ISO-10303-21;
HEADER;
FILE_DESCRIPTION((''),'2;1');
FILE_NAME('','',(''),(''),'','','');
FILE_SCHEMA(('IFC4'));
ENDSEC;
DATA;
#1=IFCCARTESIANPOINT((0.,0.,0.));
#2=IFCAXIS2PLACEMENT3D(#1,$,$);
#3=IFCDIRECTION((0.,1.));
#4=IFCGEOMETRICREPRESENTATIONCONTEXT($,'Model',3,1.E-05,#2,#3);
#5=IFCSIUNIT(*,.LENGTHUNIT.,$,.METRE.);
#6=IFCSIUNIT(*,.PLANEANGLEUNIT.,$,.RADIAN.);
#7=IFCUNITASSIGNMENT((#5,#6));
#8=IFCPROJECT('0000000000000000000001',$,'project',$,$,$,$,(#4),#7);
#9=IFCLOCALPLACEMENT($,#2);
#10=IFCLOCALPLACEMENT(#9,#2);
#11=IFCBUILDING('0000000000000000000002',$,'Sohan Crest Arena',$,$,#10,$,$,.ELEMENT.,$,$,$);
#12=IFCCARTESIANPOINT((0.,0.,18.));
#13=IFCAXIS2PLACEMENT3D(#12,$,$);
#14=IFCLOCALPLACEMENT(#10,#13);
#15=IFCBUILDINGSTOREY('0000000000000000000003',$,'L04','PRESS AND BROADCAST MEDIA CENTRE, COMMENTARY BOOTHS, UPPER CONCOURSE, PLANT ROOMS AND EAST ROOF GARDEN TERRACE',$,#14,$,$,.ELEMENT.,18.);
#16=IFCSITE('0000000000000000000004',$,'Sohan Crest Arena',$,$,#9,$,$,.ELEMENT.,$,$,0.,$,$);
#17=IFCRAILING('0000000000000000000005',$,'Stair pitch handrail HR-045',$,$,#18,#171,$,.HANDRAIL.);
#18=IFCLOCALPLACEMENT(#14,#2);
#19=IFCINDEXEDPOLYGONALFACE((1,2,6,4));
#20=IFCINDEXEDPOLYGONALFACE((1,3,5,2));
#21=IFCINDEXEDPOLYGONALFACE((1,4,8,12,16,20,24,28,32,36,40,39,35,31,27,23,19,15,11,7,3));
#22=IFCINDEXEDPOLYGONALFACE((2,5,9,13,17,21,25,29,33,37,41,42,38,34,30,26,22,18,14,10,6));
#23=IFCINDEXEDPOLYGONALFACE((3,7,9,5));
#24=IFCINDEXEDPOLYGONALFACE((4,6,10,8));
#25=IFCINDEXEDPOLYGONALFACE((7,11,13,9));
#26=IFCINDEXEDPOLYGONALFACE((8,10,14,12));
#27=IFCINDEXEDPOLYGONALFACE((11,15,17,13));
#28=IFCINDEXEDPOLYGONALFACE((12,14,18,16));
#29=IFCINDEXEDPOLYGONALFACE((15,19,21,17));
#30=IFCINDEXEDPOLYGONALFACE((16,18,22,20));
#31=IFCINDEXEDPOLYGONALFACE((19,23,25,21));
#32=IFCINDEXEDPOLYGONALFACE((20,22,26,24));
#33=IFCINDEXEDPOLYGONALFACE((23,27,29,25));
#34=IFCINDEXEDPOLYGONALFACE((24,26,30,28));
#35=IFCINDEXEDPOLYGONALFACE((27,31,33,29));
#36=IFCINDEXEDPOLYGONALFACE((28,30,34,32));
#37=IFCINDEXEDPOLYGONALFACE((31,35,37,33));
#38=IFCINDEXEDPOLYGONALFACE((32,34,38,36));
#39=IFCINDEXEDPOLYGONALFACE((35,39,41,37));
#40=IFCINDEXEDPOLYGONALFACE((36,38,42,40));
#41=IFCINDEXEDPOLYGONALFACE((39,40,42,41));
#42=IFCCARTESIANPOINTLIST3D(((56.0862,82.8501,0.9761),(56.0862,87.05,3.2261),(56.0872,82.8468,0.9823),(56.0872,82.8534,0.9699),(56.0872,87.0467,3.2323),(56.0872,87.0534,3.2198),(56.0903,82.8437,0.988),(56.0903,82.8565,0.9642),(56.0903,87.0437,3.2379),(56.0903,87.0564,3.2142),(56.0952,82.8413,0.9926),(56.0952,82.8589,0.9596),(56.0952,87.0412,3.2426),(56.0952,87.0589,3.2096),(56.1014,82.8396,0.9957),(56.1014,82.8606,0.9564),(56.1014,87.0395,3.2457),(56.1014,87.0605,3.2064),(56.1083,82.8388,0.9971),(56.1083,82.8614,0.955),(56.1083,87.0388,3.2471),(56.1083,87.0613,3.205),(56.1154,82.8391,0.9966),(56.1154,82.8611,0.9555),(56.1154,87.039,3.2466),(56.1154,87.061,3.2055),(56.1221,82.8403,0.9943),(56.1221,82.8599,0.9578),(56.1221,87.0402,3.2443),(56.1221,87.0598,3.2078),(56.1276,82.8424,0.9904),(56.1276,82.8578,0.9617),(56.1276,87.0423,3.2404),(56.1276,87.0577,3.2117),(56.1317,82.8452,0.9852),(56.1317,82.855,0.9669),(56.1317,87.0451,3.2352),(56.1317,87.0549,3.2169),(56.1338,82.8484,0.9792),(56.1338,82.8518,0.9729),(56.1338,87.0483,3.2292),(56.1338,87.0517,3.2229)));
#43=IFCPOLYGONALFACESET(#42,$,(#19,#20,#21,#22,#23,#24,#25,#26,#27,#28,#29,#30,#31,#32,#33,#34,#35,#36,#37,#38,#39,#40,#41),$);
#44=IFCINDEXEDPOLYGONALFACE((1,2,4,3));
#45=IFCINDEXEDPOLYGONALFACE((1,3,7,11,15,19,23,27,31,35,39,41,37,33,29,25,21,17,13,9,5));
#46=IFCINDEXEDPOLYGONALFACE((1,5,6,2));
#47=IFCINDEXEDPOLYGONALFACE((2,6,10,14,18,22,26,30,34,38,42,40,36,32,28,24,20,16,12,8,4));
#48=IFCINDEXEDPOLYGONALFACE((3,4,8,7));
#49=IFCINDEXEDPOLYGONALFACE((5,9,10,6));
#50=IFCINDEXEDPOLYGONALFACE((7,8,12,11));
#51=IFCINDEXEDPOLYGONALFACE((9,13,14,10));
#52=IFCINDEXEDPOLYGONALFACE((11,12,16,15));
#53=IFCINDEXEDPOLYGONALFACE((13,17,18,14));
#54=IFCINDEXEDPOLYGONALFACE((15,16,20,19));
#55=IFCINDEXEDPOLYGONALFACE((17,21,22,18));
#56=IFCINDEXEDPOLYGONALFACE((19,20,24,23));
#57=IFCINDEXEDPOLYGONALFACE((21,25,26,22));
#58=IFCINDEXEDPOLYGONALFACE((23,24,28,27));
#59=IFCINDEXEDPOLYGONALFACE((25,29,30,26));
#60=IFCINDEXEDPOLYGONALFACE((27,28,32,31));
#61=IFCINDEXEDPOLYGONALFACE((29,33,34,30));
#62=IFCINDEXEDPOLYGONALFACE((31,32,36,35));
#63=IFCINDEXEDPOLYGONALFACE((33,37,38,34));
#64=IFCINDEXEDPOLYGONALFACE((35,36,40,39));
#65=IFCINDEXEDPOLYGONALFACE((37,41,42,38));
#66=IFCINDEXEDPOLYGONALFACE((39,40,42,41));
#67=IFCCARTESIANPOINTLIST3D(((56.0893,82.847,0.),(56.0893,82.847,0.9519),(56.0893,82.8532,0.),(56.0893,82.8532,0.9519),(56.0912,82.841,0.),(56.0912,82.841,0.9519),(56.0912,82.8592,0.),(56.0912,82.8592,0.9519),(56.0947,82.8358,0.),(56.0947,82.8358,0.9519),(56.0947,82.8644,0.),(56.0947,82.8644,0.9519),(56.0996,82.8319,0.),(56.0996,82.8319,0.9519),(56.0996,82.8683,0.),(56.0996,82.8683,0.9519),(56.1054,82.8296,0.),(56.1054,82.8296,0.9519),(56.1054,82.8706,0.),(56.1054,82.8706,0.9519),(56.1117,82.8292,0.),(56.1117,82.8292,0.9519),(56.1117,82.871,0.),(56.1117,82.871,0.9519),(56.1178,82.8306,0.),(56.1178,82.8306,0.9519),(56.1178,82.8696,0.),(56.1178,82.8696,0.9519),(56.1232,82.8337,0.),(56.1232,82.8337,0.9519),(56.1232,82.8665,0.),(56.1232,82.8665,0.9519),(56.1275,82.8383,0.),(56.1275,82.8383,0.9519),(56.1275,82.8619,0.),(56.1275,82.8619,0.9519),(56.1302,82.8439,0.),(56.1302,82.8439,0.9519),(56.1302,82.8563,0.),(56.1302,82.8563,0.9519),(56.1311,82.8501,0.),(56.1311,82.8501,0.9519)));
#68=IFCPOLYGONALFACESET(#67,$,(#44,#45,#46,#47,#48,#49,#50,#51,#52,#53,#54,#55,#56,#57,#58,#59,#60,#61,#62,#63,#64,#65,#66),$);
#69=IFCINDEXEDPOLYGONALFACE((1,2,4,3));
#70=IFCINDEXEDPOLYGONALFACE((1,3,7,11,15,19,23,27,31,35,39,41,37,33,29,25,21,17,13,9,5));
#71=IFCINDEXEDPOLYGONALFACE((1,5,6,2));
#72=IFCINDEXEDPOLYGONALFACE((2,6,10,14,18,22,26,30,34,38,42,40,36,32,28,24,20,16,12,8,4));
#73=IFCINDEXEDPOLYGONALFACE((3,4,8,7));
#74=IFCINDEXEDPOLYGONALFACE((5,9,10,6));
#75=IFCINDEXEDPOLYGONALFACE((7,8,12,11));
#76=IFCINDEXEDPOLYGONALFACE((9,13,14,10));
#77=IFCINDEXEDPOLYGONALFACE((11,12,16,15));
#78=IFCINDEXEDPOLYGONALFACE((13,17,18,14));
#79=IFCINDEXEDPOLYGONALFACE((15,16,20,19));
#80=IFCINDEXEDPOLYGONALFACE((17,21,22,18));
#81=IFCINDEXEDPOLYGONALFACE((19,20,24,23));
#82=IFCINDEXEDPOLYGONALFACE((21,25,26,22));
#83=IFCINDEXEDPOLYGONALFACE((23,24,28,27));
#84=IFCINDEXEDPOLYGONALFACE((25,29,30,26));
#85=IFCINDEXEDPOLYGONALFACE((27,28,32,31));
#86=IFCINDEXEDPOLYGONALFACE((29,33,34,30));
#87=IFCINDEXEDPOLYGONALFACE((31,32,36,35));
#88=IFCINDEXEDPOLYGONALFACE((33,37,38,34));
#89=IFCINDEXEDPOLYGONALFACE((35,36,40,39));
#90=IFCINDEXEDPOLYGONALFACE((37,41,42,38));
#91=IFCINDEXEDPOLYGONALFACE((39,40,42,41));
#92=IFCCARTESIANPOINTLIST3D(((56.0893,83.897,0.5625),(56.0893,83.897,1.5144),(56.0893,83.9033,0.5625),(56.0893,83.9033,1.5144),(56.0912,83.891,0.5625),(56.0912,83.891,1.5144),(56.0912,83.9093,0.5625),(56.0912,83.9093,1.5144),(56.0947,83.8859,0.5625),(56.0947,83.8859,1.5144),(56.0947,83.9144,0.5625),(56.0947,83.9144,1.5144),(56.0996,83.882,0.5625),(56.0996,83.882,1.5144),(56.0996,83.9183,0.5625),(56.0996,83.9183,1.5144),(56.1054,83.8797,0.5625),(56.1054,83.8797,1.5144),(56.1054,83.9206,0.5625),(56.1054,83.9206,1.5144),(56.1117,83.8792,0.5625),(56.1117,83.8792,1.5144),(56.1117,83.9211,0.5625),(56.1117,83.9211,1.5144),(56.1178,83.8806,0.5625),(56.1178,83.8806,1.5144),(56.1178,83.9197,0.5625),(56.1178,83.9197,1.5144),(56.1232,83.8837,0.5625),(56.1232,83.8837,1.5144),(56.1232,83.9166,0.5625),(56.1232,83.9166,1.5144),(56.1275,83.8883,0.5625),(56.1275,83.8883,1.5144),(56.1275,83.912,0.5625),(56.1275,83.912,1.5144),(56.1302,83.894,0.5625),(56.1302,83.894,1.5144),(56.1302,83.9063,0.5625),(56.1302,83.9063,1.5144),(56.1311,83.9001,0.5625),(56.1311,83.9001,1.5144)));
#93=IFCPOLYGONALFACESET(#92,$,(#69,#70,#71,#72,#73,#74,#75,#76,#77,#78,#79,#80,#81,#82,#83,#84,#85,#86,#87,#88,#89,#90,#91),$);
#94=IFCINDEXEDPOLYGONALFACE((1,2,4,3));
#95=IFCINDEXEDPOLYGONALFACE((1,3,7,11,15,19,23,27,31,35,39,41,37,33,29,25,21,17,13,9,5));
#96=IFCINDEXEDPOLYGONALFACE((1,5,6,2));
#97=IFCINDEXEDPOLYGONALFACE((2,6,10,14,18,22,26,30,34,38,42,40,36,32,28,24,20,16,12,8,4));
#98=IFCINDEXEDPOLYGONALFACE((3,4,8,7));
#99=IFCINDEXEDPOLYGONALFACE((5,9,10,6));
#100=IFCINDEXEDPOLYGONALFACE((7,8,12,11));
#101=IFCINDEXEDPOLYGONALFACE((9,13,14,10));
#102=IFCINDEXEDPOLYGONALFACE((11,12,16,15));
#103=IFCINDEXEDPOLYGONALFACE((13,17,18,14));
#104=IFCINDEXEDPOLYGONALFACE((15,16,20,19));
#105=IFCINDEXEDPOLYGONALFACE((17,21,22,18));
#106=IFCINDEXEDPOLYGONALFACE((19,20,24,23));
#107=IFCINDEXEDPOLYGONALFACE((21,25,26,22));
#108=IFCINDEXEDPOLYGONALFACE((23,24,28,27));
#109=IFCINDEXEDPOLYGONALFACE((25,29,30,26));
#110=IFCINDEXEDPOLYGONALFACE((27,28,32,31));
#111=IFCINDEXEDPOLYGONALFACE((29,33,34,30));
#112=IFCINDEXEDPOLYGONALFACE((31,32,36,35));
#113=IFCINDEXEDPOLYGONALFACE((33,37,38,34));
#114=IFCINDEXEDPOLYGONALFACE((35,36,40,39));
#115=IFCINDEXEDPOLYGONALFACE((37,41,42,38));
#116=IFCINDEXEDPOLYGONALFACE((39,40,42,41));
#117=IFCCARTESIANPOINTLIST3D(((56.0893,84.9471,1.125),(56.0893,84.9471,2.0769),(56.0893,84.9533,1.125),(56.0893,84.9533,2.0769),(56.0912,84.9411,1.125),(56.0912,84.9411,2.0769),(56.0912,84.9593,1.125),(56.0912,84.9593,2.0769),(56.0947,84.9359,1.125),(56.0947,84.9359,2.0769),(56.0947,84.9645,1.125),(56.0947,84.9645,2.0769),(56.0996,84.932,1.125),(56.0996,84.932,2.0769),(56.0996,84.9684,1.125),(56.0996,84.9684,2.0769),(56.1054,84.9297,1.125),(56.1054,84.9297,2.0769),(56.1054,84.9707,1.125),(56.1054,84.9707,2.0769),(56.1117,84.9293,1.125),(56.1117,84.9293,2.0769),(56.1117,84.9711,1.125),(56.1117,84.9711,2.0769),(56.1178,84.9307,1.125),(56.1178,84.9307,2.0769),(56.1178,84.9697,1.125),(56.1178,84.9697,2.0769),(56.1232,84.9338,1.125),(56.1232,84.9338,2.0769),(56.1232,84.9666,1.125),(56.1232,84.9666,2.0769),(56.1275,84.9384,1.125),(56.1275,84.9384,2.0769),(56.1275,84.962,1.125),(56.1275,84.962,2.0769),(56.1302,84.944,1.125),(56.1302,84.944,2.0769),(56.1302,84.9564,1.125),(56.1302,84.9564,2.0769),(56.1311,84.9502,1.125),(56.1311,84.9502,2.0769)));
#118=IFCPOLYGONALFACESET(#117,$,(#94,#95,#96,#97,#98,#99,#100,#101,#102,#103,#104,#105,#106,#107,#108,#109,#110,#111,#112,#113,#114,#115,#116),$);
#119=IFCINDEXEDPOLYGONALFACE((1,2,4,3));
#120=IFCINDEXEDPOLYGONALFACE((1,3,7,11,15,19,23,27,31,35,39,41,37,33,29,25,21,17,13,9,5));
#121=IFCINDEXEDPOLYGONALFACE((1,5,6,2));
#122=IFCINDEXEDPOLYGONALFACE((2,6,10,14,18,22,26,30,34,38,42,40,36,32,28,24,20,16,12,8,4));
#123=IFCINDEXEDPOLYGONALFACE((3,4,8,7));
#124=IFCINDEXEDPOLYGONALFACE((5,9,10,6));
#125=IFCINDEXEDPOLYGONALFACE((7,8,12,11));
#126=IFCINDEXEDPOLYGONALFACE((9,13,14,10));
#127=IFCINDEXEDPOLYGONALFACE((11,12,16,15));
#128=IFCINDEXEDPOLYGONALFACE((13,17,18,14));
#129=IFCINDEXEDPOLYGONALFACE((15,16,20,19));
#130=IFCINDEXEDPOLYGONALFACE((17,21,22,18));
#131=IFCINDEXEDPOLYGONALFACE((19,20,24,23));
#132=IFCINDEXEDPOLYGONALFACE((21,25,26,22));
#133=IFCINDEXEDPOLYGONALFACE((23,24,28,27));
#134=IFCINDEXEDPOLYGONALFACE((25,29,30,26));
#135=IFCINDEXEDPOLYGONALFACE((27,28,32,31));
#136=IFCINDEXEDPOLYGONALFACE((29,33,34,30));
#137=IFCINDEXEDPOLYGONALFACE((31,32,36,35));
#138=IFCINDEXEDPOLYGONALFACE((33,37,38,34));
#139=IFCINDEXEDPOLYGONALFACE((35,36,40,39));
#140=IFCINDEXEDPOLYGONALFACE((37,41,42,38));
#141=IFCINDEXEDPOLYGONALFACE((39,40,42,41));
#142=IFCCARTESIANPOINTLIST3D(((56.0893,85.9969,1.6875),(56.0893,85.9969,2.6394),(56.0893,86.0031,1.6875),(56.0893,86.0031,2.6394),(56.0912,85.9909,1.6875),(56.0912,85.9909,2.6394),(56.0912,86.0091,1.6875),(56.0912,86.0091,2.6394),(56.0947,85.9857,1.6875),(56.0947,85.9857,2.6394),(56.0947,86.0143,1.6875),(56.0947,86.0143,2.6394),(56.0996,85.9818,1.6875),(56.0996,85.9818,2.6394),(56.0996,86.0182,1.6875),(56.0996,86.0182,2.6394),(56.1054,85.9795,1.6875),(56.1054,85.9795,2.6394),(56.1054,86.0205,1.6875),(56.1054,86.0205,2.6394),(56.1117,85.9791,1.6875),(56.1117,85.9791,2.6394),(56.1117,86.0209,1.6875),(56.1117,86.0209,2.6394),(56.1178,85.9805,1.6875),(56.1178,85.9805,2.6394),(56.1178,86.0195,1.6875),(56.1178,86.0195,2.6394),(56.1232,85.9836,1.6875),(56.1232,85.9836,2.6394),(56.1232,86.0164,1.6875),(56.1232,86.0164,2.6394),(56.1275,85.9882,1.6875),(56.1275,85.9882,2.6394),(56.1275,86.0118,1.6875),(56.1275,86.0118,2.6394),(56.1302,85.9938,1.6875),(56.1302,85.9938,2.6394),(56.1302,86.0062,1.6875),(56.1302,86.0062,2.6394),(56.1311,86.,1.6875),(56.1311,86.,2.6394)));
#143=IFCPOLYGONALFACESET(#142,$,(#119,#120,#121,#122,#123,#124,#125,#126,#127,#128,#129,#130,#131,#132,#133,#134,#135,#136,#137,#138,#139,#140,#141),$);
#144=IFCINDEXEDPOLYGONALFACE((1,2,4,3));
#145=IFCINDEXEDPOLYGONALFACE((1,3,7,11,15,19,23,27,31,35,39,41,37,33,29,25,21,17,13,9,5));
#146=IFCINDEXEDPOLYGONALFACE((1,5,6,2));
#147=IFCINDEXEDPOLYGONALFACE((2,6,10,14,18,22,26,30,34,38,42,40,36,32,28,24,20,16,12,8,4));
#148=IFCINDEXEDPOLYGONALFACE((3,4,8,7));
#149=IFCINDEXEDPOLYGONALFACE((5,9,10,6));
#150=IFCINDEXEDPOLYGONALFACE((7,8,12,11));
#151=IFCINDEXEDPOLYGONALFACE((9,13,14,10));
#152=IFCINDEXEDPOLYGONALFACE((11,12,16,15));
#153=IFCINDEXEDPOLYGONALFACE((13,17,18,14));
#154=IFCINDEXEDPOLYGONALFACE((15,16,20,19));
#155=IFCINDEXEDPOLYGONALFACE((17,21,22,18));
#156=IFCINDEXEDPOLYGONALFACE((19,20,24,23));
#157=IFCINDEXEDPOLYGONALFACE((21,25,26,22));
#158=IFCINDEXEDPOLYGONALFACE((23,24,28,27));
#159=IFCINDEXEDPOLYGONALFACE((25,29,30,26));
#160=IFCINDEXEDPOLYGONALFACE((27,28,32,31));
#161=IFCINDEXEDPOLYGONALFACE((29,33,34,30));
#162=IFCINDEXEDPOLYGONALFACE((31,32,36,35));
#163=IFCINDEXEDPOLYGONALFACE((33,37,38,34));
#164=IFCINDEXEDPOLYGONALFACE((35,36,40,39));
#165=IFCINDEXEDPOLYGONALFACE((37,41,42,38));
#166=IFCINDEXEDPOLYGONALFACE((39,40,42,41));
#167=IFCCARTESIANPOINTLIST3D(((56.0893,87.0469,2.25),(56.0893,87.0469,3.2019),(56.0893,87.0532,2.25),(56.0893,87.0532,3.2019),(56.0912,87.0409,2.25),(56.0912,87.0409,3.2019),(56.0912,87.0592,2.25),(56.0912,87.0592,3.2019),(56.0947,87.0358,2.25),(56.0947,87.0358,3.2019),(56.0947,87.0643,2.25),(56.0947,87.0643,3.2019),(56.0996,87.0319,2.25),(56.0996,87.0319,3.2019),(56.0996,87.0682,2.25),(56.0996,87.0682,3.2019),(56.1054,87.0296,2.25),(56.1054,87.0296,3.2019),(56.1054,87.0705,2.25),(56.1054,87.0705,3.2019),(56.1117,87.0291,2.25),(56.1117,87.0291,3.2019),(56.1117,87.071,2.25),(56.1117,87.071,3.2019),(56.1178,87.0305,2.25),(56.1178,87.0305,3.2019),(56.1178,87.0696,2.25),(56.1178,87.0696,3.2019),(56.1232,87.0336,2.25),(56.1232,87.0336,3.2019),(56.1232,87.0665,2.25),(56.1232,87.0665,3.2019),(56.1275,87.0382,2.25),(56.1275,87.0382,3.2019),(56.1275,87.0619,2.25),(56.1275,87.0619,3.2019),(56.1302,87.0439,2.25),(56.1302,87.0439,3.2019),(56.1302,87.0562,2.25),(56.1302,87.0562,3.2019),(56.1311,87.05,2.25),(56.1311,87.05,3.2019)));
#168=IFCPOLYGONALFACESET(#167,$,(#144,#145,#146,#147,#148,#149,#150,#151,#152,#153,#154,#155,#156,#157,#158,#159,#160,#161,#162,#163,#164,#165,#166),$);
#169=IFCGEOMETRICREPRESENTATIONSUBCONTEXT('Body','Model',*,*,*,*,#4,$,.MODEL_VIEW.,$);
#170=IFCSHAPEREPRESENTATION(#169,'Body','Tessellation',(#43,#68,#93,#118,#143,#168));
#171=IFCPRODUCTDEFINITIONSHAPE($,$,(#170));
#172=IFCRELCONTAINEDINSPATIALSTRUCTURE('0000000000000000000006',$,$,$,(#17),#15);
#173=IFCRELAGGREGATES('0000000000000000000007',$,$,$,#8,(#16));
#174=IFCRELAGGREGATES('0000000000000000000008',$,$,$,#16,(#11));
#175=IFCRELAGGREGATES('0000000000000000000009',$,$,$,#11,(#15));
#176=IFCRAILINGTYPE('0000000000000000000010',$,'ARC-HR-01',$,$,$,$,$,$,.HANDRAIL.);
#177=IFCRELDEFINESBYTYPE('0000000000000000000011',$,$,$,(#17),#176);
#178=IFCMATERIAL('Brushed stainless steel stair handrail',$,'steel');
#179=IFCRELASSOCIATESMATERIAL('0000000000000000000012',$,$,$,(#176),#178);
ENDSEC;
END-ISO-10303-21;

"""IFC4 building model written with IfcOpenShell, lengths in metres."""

from ifc_helpers import new_model, si_unit, direction, frame, origin, origin_2d, place, context, subcontext, project, spatial, circle, extrude, material, type_object, element, save


model = new_model("IFC4")

# Units and contexts
model_context = context("Model", 3, precision=1e-05, world=origin(), true_north=direction((0.0, 1.0)))
body_context = subcontext(model_context, "Body", "Model", "MODEL_VIEW")
ifc_project = project(units=[si_unit("LENGTHUNIT", "METRE"), si_unit("PLANEANGLEUNIT", "RADIAN")], contexts=[model_context])

# Site, building, storey
site_placement = place(None, origin())
site = spatial("IfcSite", under=ifc_project, at=site_placement, Name="Sohan Crest Arena", CompositionType="ELEMENT", RefElevation=0.0)
building_placement = place(site_placement, origin())
building = spatial("IfcBuilding", under=site, at=building_placement, Name="Sohan Crest Arena", CompositionType="ELEMENT")
storey_placement = place(building_placement, frame((0.0, 0.0, 18.0)))
storey = spatial("IfcBuildingStorey", under=building, at=storey_placement, Name="L04", Description="PRESS AND BROADCAST MEDIA CENTRE, COMMENTARY BOOTHS, UPPER CONCOURSE, PLANT ROOMS AND EAST ROOF GARDEN TERRACE", CompositionType="ELEMENT", Elevation=18.0)

# Railing
ifc_material_1 = material(Name="Brushed stainless steel stair handrail", Category="steel")
railing_type_1 = type_object("IfcRailingType", Name="ARC-HR-01", PredefinedType="HANDRAIL", material=ifc_material_1)
railing_1_placement = place(storey_placement, frame((56.1101, 82.8501, 0.0)))
element("IfcRailing", 1, at=railing_1_placement, inside=storey, type_object=railing_type_1, Name="Stair pitch handrail HR-045", PredefinedType="HANDRAIL", context=body_context, shape_type="SweptSolid", body=[
    extrude(circle(Radius=0.0239, at=origin_2d()), frame((0.0, 0.0, 0.9761), z_axis=(0.0, 0.881478, 0.472226), x_axis=(-1.0, 0.0, 0.0)), (0.0, 0.0, 1.0), 4.7646),
    extrude(circle(Radius=0.021, at=origin_2d()), origin(), (0.0, 0.0, 1.0), 0.9519),
    extrude(circle(Radius=0.021, at=origin_2d()), frame((0.0, 1.05, 0.5625)), (0.0, 0.0, 1.0), 0.9519),
    extrude(circle(Radius=0.021, at=origin_2d()), frame((0.0, 2.1001, 1.125)), (0.0, 0.0, 1.0), 0.9519),
    extrude(circle(Radius=0.021, at=origin_2d()), frame((0.0, 3.1499, 1.6875)), (0.0, 0.0, 1.0), 0.9519),
    extrude(circle(Radius=0.021, at=origin_2d()), frame((0.0, 4.2, 2.25)), (0.0, 0.0, 1.0), 0.9519),
])

save(model, "model.ifc")
